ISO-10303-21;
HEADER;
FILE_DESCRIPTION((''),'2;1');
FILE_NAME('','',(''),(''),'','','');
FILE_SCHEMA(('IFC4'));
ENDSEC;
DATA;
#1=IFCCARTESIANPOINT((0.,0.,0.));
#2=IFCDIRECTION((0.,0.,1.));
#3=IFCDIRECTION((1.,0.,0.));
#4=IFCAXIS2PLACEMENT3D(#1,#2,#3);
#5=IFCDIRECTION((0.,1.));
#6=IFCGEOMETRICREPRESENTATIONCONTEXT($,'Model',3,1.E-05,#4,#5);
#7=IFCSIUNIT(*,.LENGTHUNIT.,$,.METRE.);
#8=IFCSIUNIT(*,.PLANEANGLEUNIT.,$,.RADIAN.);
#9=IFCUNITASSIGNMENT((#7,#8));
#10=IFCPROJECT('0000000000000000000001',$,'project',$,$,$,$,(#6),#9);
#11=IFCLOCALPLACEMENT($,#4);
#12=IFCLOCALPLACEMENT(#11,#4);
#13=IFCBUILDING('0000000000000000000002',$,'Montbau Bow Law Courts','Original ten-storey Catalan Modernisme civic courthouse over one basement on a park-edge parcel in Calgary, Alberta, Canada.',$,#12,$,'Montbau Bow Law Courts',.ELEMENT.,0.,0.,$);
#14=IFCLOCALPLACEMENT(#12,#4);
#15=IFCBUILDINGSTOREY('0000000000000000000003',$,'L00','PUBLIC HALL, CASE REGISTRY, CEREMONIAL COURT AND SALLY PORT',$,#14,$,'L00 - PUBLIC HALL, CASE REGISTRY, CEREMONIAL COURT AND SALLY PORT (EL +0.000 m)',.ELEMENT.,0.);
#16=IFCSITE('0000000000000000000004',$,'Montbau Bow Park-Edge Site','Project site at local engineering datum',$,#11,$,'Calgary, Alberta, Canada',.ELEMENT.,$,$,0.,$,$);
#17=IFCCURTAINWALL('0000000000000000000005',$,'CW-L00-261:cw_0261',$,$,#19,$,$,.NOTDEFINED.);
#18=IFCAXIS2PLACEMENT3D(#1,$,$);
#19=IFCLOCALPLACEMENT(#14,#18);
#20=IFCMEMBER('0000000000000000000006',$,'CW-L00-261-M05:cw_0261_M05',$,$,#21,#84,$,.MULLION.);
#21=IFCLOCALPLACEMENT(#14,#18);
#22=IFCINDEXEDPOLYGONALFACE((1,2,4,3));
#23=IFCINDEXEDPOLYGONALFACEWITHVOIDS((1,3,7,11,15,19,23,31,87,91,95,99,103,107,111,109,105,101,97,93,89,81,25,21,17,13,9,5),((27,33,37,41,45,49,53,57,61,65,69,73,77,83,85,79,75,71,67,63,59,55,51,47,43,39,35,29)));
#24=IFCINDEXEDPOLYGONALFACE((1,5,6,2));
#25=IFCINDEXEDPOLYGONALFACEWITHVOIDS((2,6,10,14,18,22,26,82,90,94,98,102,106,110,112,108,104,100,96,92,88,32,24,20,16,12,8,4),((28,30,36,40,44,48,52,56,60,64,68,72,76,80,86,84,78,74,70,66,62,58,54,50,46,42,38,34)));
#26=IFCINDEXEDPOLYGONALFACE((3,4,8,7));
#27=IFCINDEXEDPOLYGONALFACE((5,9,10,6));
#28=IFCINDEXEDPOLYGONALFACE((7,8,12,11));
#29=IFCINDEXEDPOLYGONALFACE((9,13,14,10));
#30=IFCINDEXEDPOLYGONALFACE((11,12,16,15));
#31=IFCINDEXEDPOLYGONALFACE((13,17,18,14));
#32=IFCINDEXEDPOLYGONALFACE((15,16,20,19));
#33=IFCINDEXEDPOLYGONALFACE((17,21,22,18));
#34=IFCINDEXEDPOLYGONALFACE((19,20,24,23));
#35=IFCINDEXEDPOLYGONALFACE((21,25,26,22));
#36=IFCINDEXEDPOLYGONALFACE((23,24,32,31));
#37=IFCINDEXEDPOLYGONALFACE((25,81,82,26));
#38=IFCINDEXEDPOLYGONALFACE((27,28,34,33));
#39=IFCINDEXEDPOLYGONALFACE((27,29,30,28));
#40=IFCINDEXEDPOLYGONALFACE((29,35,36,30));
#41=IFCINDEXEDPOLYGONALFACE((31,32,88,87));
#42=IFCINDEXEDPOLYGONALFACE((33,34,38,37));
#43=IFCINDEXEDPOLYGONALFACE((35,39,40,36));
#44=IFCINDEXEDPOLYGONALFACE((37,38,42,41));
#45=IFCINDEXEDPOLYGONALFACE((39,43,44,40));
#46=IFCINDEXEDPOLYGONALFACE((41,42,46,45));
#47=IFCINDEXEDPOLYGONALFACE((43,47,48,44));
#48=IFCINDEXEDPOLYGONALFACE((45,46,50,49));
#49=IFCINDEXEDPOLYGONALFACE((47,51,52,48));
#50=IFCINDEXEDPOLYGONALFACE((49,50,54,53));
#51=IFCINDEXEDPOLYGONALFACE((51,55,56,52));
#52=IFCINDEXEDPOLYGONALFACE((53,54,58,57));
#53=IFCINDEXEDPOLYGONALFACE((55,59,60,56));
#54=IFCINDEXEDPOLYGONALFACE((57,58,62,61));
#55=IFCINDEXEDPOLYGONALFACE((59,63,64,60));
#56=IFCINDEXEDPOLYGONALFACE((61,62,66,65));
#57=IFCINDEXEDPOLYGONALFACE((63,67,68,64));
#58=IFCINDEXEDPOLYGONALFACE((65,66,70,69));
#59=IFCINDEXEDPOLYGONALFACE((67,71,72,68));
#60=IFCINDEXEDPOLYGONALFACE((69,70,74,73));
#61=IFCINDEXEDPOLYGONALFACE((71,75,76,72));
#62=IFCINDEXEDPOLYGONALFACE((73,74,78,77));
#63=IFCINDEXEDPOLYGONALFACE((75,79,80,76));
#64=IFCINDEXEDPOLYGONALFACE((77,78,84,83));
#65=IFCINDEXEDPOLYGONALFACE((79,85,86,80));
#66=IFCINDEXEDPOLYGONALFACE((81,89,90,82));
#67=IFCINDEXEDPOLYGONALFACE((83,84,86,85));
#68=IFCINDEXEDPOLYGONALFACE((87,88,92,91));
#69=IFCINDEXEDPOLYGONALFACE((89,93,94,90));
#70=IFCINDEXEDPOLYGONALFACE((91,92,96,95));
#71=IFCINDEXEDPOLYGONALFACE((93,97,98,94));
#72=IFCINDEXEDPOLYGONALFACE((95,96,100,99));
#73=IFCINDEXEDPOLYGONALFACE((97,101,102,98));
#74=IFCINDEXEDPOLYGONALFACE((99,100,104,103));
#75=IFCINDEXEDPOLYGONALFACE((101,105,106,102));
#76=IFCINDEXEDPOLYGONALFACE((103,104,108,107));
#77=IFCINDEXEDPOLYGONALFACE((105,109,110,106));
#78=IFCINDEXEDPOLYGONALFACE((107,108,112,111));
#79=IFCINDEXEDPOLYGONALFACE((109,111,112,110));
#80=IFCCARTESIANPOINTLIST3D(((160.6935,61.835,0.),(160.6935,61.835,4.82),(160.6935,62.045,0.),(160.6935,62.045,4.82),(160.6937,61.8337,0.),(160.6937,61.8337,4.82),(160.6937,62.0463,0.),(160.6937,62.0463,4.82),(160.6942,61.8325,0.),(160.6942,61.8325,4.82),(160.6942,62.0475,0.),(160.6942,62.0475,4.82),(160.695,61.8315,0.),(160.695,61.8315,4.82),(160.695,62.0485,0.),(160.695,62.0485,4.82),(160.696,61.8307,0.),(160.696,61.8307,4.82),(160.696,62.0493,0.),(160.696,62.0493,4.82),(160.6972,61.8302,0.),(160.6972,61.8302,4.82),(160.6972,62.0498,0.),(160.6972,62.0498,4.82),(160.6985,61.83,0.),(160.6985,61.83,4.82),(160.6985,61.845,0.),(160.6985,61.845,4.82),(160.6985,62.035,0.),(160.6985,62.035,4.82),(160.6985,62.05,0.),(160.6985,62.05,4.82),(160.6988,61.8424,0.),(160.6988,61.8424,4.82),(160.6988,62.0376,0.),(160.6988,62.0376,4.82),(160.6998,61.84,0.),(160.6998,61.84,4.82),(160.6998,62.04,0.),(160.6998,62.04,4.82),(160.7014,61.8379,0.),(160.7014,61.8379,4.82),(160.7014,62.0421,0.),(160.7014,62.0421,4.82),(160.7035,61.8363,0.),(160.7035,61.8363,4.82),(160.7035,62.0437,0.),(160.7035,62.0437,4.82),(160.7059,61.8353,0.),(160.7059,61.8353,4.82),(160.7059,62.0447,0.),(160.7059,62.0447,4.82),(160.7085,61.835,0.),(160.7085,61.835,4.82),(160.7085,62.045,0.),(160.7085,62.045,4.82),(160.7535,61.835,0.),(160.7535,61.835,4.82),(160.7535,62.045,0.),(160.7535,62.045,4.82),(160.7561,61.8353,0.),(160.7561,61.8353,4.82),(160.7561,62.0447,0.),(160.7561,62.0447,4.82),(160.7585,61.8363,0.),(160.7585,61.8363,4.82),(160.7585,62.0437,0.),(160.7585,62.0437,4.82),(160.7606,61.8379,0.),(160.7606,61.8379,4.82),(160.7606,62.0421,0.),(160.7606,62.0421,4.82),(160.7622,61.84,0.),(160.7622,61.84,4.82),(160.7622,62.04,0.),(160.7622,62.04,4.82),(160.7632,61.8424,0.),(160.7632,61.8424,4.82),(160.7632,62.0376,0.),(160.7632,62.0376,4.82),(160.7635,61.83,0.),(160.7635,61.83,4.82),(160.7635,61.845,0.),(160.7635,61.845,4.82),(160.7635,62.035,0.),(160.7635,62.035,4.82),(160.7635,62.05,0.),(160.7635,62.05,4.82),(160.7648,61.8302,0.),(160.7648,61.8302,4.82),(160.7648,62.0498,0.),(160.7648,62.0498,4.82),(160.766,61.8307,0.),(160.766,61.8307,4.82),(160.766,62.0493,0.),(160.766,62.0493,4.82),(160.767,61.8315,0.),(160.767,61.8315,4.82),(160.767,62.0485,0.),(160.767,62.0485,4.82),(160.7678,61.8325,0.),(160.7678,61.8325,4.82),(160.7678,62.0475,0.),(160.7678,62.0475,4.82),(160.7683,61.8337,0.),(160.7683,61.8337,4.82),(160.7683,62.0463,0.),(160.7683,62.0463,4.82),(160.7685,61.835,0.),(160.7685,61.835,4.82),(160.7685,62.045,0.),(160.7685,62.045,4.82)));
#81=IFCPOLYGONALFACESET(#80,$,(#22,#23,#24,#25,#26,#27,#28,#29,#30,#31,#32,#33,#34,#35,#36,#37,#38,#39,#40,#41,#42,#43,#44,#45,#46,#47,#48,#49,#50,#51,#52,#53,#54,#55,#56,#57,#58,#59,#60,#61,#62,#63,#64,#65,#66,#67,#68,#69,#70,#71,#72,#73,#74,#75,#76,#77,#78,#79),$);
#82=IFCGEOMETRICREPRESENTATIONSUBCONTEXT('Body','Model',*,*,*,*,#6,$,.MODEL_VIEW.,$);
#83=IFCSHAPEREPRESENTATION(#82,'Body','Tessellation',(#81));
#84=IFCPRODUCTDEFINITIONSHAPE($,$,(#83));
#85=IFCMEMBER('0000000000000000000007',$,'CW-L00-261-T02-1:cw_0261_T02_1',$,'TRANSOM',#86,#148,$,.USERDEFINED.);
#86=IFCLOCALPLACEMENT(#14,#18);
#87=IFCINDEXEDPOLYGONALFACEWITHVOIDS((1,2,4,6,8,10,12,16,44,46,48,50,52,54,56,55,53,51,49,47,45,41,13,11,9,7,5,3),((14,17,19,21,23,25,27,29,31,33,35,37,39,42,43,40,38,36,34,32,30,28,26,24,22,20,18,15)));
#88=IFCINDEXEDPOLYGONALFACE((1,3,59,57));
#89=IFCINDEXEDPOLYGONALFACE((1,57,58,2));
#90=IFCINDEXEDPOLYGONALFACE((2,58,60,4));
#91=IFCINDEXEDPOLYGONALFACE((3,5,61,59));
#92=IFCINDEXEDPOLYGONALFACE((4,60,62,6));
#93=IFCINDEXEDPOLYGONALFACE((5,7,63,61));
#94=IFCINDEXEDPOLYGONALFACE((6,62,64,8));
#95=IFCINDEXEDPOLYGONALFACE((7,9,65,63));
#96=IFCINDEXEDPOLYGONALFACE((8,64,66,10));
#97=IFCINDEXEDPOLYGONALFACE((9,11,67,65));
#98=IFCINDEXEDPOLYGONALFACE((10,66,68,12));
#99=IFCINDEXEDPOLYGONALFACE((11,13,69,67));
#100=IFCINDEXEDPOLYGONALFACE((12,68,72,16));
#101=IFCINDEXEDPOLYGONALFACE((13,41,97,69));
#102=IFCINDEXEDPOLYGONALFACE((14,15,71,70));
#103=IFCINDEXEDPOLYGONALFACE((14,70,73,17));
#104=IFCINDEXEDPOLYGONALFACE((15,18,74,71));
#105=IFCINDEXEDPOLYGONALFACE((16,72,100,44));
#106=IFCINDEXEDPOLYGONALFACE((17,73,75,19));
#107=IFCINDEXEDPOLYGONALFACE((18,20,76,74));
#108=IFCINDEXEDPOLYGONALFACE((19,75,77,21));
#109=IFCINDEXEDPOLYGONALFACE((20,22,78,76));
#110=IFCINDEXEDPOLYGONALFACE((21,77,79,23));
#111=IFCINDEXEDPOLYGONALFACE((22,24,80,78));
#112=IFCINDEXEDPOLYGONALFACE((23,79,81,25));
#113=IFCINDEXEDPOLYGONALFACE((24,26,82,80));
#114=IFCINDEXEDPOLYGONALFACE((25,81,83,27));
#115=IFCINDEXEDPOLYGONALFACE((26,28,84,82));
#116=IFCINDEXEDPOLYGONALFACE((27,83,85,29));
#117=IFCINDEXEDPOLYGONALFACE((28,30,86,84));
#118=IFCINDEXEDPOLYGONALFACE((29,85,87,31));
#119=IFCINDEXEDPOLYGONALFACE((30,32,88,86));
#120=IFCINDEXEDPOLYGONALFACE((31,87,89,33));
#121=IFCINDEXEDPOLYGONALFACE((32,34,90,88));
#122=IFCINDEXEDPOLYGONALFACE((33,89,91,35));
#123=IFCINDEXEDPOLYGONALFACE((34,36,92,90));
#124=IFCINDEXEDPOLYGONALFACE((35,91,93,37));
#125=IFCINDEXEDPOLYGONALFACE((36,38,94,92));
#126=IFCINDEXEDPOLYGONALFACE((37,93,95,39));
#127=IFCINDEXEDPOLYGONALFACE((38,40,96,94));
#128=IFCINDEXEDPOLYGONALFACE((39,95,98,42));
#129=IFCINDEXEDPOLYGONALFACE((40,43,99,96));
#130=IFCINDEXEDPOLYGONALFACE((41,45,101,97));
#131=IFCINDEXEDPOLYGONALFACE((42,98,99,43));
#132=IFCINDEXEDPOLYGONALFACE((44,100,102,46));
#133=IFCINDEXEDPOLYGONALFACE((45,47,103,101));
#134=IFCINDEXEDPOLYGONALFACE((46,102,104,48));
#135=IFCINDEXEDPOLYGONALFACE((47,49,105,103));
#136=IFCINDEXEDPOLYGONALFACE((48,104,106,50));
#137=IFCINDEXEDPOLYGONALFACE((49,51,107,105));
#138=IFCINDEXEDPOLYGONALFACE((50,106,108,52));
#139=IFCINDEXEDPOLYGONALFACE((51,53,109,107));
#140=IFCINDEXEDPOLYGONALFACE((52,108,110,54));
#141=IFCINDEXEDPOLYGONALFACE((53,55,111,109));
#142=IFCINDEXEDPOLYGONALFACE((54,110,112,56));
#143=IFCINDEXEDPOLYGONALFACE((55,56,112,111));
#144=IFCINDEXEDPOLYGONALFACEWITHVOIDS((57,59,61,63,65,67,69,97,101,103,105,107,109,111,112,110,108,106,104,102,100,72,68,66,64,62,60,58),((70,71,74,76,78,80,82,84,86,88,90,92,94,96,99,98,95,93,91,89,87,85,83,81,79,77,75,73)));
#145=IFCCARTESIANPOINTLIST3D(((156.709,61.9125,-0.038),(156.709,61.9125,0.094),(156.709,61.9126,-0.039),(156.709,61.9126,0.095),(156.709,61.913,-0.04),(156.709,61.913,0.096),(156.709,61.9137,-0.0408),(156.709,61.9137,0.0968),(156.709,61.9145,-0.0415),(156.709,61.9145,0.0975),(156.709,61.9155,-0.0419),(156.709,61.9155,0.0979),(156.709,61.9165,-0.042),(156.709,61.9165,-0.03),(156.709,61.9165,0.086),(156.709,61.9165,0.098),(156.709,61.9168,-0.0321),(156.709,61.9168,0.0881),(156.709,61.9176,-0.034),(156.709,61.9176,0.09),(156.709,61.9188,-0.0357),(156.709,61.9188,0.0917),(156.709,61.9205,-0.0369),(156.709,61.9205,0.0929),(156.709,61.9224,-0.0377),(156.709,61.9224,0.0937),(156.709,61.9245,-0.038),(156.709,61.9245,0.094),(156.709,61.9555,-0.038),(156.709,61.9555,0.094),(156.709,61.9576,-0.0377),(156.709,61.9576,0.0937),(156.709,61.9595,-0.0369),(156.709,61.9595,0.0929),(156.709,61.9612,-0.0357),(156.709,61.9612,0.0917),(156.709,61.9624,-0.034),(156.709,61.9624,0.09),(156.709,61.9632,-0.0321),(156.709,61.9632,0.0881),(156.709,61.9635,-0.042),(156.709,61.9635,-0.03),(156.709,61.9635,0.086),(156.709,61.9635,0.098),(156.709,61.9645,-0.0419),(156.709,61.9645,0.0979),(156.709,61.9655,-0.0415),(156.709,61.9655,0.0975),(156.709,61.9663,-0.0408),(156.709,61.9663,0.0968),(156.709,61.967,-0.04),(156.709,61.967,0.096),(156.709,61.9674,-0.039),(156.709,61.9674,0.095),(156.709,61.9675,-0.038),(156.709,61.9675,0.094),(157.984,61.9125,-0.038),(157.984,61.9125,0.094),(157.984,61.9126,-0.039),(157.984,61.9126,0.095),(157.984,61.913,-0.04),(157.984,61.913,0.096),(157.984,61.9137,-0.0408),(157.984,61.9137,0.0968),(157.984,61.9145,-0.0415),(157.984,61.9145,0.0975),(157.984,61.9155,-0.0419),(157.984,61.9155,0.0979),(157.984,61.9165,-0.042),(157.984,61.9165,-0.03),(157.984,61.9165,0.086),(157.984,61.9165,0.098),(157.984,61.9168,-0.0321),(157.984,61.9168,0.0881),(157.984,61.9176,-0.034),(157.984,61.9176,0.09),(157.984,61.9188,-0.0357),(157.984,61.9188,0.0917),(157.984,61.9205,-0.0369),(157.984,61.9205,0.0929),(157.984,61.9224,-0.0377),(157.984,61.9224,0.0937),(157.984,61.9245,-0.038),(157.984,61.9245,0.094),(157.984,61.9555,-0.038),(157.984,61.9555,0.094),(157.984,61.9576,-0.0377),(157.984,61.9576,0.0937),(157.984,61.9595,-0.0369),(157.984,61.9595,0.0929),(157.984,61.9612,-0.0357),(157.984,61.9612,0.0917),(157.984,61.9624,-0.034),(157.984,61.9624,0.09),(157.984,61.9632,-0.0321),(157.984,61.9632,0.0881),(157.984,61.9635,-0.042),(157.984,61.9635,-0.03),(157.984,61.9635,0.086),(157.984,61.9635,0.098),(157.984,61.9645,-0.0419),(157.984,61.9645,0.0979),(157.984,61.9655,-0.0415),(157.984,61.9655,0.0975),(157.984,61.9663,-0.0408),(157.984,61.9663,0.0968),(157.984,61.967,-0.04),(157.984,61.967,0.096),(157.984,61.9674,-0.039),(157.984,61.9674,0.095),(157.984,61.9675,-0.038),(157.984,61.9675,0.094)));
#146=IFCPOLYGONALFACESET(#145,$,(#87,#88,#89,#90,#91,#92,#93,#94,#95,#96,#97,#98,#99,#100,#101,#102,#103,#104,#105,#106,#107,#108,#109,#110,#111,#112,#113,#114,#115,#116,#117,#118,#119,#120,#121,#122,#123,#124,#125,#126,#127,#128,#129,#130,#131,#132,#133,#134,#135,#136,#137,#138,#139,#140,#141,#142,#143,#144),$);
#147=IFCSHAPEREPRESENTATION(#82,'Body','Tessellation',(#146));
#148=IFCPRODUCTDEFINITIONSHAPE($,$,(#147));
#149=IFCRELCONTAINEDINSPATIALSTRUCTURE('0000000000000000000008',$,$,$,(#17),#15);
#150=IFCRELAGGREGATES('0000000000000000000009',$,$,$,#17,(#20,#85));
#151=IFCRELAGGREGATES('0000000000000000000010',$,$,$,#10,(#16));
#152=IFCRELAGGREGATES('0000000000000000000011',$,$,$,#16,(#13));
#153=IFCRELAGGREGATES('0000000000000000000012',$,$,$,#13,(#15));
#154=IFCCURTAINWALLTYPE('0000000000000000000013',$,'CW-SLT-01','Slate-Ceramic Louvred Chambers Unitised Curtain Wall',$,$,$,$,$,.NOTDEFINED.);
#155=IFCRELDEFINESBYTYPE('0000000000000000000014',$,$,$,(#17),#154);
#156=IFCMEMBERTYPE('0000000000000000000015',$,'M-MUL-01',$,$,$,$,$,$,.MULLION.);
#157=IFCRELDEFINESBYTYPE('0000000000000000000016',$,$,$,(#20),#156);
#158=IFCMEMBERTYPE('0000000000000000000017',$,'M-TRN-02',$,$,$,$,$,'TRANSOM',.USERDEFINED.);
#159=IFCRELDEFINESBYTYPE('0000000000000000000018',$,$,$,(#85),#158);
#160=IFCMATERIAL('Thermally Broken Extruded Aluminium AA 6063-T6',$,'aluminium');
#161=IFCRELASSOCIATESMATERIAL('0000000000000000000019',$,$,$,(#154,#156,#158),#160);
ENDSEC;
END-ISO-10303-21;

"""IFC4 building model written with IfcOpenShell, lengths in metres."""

from ifc_helpers import new_model, si_unit, direction, frame, origin_with_axes, origin_2d_with_axis, place, context, subcontext, project, spatial, hollow_rectangle, extrude, material, material_profile, profile_set, type_object, element, aggregate, save


model = new_model("IFC4")

# Units and contexts
model_context = context("Model", 3, precision=1e-05, world=origin_with_axes(), true_north=direction((0.0, 1.0)))
body_context = subcontext(model_context, "Body", "Model", "MODEL_VIEW")
ifc_project = project(units=[si_unit("LENGTHUNIT", "METRE"), si_unit("PLANEANGLEUNIT", "RADIAN")], contexts=[model_context])

# Site, building, storey
site_placement = place(None, origin_with_axes())
site = spatial("IfcSite", under=ifc_project, at=site_placement, Name="Montbau Bow Park-Edge Site", Description="Project site at local engineering datum", LongName="Calgary, Alberta, Canada", CompositionType="ELEMENT", RefElevation=0.0)
building_placement = place(site_placement, origin_with_axes())
building = spatial("IfcBuilding", under=site, at=building_placement, Name="Montbau Bow Law Courts", Description="Original ten-storey Catalan Modernisme civic courthouse over one basement on a park-edge parcel in Calgary, Alberta, Canada.", LongName="Montbau Bow Law Courts", CompositionType="ELEMENT", ElevationOfRefHeight=0.0, ElevationOfTerrain=0.0)
storey_placement = place(building_placement, origin_with_axes())
storey = spatial("IfcBuildingStorey", under=building, at=storey_placement, Name="L00", Description="PUBLIC HALL, CASE REGISTRY, CEREMONIAL COURT AND SALLY PORT", LongName="L00 - PUBLIC HALL, CASE REGISTRY, CEREMONIAL COURT AND SALLY PORT (EL +0.000 m)", CompositionType="ELEMENT", Elevation=0.0)

# Curtain wall, members
ifc_material_1 = material(Name="Thermally Broken Extruded Aluminium AA 6063-T6", Category="aluminium")
curtain_wall_type = type_object("IfcCurtainWallType", Name="CW-SLT-01", Description="Slate-Ceramic Louvred Chambers Unitised Curtain Wall", PredefinedType="NOTDEFINED", material=ifc_material_1)
curtain_wall_placement = place(None, frame((155.315, 61.94, 0.0), z_axis=(0.0, 0.0, 1.0), x_axis=(1.0, 0.0, 0.0)))
curtain_wall = element("IfcCurtainWall", 1, at=curtain_wall_placement, inside=storey, type_object=curtain_wall_type, Name="CW-L00-261:cw_0261", PredefinedType="NOTDEFINED")
ifc_material_profile_1 = material_profile(ifc_material_1, hollow_rectangle(XDim=0.075, YDim=0.22, WallThickness=0.005, InnerFilletRadius=0.01, OuterFilletRadius=0.005, at=origin_2d_with_axis()), Name="CWM-220X75", Category="Main", Priority=0)
ifc_profile_set_1 = profile_set([ifc_material_profile_1], Name="Thermally Broken Extruded Aluminium AA 6063-T6")
member_type_1 = type_object("IfcMemberType", Name="M-MUL-01", PredefinedType="MULLION", material=ifc_profile_set_1)
member_1_placement = place(None, frame((160.731, 61.94, 0.0), z_axis=(0.0, 0.0, 1.0), x_axis=(1.0, 0.0, 0.0)))
member_1 = element("IfcMember", 2, at=member_1_placement, type_object=member_type_1, Name="CW-L00-261-M05:cw_0261_M05", PredefinedType="MULLION", context=body_context, shape_type="SweptSolid", body=[
    extrude(hollow_rectangle(XDim=0.075, YDim=0.22, WallThickness=0.005, InnerFilletRadius=0.01, OuterFilletRadius=0.005, at=origin_2d_with_axis()), origin_with_axes(), (0.0, 0.0, 1.0), 4.82),
])
ifc_material_profile_2 = material_profile(ifc_material_1, hollow_rectangle(XDim=0.055, YDim=0.14, WallThickness=0.004, InnerFilletRadius=0.008, OuterFilletRadius=0.004, at=origin_2d_with_axis()), Name="CWT-140X55", Category="Main", Priority=0)
ifc_profile_set_2 = profile_set([ifc_material_profile_2], Name="Thermally Broken Extruded Aluminium AA 6063-T6")
member_type_2 = type_object("IfcMemberType", Name="M-TRN-02", ElementType="TRANSOM", PredefinedType="USERDEFINED", material=ifc_profile_set_2)
member_2_placement = place(None, frame((156.709, 61.94, 0.028), z_axis=(1.0, 0.0, 0.0), x_axis=(0.0, 1.0, 0.0)))
member_2 = element("IfcMember", 3, at=member_2_placement, type_object=member_type_2, Name="CW-L00-261-T02-1:cw_0261_T02_1", ObjectType="TRANSOM", PredefinedType="USERDEFINED", context=body_context, shape_type="SweptSolid", body=[
    extrude(hollow_rectangle(XDim=0.055, YDim=0.14, WallThickness=0.004, InnerFilletRadius=0.008, OuterFilletRadius=0.004, at=origin_2d_with_axis()), origin_with_axes(), (0.0, 0.0, 1.0), 1.275),
])
aggregate(curtain_wall, [member_1, member_2])

save(model, "model.ifc")
